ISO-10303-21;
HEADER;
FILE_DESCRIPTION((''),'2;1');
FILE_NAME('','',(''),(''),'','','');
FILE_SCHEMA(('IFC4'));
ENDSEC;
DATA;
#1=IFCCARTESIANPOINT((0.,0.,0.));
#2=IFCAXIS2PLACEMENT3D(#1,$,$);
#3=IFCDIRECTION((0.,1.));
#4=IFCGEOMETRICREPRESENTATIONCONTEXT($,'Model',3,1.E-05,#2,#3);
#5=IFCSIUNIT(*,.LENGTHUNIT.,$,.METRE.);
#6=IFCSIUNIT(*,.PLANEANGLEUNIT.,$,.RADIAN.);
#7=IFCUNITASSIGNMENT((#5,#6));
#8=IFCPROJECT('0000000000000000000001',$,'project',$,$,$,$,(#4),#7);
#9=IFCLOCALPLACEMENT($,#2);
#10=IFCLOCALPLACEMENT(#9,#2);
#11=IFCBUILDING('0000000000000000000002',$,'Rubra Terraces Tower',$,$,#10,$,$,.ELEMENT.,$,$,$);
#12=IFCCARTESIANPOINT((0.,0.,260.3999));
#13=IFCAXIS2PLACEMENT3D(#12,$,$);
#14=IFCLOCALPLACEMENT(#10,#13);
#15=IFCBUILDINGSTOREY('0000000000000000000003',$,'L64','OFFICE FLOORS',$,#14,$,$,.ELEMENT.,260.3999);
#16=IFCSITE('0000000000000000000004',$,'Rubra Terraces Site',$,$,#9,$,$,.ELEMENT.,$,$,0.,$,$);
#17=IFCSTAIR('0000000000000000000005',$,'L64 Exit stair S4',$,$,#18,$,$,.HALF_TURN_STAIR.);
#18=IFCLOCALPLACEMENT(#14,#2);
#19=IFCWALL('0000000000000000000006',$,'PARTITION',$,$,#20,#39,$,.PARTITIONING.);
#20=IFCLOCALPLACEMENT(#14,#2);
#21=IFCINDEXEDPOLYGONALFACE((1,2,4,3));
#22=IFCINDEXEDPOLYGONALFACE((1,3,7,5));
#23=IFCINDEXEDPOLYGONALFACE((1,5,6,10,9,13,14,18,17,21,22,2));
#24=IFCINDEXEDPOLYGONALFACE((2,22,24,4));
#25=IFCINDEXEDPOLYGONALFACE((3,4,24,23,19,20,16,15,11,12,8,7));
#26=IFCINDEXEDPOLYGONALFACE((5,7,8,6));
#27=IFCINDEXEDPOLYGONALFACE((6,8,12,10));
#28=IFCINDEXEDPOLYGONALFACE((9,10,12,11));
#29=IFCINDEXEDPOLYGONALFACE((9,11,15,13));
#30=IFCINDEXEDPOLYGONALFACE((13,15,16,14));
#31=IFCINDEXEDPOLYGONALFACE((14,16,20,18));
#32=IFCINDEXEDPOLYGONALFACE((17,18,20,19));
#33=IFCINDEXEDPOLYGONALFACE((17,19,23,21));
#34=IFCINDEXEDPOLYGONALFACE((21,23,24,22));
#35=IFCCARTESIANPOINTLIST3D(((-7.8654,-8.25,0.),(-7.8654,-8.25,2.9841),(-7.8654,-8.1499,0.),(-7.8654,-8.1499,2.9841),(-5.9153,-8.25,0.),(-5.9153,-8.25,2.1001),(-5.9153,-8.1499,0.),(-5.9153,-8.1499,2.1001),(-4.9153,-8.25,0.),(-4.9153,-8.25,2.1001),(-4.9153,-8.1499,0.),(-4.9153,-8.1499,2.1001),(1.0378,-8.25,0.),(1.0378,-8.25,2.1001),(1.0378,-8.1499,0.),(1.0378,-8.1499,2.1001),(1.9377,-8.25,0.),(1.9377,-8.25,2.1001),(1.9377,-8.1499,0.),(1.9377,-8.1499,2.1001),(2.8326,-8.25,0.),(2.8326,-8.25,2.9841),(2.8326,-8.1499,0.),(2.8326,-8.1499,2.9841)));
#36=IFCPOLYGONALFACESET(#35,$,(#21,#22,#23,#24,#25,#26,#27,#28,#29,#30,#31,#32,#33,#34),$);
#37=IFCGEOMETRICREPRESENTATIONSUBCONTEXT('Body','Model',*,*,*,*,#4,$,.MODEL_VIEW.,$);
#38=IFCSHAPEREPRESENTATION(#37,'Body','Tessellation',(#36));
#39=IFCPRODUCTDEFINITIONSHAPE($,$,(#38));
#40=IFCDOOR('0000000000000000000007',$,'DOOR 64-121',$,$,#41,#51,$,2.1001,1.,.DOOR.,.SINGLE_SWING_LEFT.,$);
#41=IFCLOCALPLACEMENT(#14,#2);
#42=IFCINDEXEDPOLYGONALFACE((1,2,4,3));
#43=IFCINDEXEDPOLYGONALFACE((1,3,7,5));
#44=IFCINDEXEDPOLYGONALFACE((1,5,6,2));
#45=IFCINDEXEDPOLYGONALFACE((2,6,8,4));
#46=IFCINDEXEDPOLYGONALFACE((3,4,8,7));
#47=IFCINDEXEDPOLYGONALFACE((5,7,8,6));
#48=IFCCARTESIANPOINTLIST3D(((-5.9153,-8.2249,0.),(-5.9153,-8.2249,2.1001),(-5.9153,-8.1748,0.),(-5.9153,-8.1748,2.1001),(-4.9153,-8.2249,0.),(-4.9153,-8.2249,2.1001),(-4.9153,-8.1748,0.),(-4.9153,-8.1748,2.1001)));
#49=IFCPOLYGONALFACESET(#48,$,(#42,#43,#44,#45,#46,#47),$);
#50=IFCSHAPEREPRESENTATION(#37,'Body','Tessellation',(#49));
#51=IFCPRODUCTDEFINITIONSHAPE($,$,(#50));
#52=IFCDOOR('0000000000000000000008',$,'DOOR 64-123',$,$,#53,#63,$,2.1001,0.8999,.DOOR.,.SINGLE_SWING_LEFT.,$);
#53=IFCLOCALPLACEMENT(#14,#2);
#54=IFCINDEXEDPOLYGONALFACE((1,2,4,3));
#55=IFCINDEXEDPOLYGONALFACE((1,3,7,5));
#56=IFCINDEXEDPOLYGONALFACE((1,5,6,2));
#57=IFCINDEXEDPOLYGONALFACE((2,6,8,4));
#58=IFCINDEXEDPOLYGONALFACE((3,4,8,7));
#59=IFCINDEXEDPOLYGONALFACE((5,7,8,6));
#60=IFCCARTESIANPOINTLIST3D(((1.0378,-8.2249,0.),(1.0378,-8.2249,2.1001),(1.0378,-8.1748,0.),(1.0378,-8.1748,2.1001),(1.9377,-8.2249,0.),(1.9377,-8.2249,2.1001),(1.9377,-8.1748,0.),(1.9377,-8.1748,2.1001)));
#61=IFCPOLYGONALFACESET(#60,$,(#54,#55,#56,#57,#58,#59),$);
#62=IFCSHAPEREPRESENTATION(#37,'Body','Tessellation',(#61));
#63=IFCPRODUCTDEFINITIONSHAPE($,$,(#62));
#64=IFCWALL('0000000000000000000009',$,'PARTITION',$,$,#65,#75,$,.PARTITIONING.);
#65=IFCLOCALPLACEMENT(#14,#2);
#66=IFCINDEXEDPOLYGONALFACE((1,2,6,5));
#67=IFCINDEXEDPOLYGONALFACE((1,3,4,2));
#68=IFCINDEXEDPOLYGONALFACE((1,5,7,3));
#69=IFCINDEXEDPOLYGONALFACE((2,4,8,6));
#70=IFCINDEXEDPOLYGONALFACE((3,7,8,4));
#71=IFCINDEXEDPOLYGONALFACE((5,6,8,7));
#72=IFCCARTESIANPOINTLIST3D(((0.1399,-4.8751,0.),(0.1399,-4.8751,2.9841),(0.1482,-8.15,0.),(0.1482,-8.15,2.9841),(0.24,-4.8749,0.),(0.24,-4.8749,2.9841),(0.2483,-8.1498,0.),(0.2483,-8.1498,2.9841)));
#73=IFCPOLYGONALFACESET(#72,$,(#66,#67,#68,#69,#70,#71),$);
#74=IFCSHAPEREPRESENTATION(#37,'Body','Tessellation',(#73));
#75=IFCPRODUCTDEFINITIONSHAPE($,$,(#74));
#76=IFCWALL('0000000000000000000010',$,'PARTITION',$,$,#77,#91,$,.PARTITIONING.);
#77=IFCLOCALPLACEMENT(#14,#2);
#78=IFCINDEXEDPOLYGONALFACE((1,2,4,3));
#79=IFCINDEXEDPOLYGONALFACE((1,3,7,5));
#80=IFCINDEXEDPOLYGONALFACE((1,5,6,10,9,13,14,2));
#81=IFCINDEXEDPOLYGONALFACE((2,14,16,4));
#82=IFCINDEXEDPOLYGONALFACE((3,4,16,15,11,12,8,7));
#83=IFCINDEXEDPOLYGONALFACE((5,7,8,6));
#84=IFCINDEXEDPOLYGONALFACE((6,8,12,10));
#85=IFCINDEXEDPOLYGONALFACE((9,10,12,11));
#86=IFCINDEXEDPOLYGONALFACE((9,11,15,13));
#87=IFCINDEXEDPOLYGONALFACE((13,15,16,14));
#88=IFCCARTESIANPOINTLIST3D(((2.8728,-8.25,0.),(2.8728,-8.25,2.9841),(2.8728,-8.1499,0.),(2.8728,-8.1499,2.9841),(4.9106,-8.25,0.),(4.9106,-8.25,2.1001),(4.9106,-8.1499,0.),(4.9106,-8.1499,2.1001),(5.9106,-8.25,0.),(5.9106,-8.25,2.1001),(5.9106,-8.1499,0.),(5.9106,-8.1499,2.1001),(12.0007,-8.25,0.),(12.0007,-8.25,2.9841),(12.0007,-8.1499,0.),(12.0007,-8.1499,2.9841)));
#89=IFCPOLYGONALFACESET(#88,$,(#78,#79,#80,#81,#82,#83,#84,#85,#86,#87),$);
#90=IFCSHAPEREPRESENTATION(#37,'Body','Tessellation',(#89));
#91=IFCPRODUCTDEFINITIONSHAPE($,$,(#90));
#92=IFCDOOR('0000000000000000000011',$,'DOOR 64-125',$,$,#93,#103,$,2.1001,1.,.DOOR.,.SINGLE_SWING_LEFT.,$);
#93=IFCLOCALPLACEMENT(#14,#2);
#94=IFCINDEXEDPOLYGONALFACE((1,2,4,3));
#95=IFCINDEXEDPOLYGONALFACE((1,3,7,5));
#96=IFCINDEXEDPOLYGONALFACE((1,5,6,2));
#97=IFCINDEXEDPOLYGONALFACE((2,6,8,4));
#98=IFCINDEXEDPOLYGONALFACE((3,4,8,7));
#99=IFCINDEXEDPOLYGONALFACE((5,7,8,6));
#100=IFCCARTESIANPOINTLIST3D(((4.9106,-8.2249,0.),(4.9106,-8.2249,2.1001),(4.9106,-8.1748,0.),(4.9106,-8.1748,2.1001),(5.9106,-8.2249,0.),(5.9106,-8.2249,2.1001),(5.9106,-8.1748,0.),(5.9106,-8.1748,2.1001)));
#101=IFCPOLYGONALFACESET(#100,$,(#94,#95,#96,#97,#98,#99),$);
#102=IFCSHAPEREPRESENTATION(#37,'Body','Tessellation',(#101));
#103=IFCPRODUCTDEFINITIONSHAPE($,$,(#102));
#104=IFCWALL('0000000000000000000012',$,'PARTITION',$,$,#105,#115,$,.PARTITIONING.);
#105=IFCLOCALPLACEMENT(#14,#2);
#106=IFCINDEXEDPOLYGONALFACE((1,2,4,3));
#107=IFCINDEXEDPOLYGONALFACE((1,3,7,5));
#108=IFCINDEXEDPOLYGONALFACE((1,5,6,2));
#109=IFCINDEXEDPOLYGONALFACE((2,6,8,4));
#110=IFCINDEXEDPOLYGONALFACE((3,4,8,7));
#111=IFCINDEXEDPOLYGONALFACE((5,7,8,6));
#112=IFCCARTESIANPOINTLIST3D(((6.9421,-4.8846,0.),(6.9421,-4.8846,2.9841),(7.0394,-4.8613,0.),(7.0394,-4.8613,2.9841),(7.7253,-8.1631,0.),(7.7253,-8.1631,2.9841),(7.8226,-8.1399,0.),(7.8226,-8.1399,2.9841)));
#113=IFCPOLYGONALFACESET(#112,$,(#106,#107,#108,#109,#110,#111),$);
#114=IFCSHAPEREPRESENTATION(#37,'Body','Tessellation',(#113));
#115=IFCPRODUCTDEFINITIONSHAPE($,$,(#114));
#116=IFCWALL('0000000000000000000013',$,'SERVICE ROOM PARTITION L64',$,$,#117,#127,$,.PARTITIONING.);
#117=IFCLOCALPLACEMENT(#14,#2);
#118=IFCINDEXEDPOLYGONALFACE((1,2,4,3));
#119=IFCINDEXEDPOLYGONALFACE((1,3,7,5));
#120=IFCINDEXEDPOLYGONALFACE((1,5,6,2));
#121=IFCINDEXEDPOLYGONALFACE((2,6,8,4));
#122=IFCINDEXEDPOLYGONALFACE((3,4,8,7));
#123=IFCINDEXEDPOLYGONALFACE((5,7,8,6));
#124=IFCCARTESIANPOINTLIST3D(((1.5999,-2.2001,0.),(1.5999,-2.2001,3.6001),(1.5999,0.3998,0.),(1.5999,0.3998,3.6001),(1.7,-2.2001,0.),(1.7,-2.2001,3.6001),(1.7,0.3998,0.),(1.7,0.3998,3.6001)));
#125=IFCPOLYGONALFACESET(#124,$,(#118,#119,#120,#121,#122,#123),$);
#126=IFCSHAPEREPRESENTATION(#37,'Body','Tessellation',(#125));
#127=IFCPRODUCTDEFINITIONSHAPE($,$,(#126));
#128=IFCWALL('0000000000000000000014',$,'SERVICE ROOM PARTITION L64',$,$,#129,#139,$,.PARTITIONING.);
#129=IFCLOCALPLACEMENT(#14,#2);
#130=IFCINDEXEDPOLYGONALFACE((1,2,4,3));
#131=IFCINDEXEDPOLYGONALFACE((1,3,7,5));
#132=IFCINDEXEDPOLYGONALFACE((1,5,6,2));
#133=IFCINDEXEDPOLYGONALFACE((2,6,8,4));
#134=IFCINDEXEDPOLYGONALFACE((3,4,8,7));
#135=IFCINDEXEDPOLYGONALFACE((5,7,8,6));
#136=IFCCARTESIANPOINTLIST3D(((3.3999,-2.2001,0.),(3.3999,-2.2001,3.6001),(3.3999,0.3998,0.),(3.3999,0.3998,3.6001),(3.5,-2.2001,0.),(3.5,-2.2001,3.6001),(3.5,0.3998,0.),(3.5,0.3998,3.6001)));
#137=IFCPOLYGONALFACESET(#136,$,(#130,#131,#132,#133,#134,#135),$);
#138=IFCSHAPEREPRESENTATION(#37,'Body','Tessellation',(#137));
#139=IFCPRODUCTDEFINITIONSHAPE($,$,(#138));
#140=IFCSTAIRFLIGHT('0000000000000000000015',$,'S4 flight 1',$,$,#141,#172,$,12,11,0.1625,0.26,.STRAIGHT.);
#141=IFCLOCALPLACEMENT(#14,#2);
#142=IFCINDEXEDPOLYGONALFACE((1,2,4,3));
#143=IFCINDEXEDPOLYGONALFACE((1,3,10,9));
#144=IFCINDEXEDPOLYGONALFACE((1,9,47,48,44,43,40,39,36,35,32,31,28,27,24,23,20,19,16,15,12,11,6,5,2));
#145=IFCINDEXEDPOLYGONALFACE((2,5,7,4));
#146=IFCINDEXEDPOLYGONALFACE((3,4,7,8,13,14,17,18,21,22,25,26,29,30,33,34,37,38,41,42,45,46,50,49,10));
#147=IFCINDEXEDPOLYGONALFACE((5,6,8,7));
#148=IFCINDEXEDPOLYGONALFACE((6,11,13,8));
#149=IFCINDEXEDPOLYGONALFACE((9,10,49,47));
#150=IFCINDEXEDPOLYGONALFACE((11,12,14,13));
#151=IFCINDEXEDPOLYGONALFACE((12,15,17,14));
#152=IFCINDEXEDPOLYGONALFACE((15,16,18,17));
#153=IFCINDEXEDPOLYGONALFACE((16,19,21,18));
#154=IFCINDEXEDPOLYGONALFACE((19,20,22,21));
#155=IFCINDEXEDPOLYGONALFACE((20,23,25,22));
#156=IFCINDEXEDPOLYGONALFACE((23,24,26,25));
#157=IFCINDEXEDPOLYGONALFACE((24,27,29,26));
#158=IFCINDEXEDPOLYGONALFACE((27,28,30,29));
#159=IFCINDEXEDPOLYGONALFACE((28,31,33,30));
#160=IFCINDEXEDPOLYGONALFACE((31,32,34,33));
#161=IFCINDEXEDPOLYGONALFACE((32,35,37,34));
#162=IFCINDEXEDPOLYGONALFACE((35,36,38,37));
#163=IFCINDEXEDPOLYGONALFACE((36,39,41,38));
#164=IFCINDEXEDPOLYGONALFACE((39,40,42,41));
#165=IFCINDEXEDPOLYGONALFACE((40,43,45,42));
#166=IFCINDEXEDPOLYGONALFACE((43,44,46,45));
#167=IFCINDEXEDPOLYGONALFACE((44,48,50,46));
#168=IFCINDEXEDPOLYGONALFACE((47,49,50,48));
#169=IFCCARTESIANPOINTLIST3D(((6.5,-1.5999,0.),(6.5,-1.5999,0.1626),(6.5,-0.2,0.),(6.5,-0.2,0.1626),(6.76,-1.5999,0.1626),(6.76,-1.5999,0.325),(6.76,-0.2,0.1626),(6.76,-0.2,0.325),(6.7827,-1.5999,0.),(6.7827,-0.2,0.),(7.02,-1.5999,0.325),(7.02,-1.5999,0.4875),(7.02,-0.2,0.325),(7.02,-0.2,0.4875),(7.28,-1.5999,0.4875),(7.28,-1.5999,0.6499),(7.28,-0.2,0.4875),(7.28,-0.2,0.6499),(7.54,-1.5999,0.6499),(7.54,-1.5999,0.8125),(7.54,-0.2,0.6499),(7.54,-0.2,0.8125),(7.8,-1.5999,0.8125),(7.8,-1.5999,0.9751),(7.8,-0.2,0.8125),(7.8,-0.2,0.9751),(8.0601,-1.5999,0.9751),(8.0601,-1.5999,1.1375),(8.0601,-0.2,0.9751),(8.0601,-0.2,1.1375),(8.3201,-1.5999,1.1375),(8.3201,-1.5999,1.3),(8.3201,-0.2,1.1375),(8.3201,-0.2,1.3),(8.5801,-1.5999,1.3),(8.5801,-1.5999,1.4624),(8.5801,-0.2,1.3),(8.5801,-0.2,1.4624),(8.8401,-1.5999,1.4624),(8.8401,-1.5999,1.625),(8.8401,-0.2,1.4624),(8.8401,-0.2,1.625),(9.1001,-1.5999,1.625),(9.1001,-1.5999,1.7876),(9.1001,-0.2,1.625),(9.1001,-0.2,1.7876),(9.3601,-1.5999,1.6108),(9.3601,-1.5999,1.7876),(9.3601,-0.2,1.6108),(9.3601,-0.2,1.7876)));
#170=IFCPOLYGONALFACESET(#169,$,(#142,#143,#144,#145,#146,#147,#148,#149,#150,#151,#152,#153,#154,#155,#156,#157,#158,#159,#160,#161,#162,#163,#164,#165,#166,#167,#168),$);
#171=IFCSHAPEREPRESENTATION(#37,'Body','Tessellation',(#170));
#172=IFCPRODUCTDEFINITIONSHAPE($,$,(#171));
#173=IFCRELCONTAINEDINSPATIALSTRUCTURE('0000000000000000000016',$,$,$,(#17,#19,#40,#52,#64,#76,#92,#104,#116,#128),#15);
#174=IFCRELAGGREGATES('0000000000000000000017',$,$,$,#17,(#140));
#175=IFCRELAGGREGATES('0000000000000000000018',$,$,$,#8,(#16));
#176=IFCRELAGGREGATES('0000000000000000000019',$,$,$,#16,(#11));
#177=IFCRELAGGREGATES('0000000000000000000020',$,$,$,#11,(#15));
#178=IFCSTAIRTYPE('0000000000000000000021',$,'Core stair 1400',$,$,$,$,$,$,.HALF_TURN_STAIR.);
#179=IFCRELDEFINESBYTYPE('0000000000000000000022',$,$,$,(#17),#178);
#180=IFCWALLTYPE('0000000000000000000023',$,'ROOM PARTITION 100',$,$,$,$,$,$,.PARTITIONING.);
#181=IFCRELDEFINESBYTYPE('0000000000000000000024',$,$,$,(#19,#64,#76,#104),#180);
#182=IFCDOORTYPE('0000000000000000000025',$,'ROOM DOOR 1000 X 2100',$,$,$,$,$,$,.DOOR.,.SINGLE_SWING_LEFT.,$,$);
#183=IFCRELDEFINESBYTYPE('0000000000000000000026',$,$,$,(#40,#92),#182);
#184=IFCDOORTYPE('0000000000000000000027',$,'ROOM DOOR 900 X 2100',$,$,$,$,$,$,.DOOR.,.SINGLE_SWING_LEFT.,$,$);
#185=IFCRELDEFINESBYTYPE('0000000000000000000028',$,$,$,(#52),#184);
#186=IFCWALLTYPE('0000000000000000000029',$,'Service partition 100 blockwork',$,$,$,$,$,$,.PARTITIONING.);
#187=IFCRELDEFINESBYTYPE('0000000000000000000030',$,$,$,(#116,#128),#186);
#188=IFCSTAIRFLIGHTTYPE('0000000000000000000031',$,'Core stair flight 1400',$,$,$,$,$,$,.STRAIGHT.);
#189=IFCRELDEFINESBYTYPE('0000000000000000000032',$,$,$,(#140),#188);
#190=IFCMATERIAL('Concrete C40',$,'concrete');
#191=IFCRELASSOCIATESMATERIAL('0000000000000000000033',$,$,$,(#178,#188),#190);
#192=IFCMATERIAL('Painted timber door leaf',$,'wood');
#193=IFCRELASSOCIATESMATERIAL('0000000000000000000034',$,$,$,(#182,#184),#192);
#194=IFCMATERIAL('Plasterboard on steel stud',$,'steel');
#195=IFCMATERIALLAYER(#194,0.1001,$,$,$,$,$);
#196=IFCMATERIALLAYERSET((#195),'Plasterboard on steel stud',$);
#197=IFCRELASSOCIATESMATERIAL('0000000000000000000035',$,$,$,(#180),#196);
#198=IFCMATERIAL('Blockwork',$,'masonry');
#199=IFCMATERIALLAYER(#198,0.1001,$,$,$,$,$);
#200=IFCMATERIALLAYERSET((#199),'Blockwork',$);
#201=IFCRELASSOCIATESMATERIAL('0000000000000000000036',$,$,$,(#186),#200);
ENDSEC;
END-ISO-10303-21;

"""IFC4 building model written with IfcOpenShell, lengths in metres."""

from ifc_helpers import new_model, si_unit, direction, frame, frame_2d, origin, place, context, subcontext, project, spatial, polyline, rectangle, outline, extrude, material, layer, layer_set, type_object, element, fill, aggregate, save


model = new_model("IFC4")

# Units and contexts
model_context = context("Model", 3, precision=1e-05, world=origin(), true_north=direction((0.0, 1.0)))
body_context = subcontext(model_context, "Body", "Model", "MODEL_VIEW")
ifc_project = project(units=[si_unit("LENGTHUNIT", "METRE"), si_unit("PLANEANGLEUNIT", "RADIAN")], contexts=[model_context])

# Site, building, storey
site_placement = place(None, origin())
site = spatial("IfcSite", under=ifc_project, at=site_placement, Name="Rubra Terraces Site", CompositionType="ELEMENT", RefElevation=0.0)
building_placement = place(site_placement, origin())
building = spatial("IfcBuilding", under=site, at=building_placement, Name="Rubra Terraces Tower", CompositionType="ELEMENT")
storey_placement = place(building_placement, frame((0.0, 0.0, 260.3999)))
storey = spatial("IfcBuildingStorey", under=building, at=storey_placement, Name="L64", Description="OFFICE FLOORS", CompositionType="ELEMENT", Elevation=260.3999)

# Shared definitions
ifc_material_1 = material(Name="Concrete C40", Category="concrete")

# Stair
stair_type = type_object("IfcStairType", Name="Core stair 1400", PredefinedType="HALF_TURN_STAIR", material=ifc_material_1)
stair_1_placement = place(storey_placement, origin())
stair_1 = element("IfcStair", 1, at=stair_1_placement, inside=storey, type_object=stair_type, Name="L64 Exit stair S4", PredefinedType="HALF_TURN_STAIR")

# Shared definitions
ifc_material_2 = material(Name="Painted timber door leaf", Category="wood")
door_type_1 = type_object("IfcDoorType", Name="ROOM DOOR 1000 X 2100", OperationType="SINGLE_SWING_LEFT", PredefinedType="DOOR", material=ifc_material_2)

# Wall, openings, doors
ifc_material_3 = material(Name="Plasterboard on steel stud", Category="steel")
ifc_layer_1 = layer(ifc_material_3, 0.1001)
ifc_layer_set_1 = layer_set([ifc_layer_1], Name="Plasterboard on steel stud")
wall_type_1 = type_object("IfcWallType", Name="ROOM PARTITION 100", PredefinedType="PARTITIONING", material=ifc_layer_set_1)
wall_1_placement = place(storey_placement, frame((2.8328, -8.2, 0.0), z_axis=(0.0, 0.0, 1.0), x_axis=(-1.0, 0.0, 0.0)))
wall_1 = element("IfcWall", 2, at=wall_1_placement, inside=storey, type_object=wall_type_1, Name="PARTITION", PredefinedType="PARTITIONING", context=body_context, shape_type="SweptSolid", body=[
    extrude(rectangle(XDim=10.698, YDim=0.1001, at=frame_2d((5.3491, 0.0))), origin(), (0.0, 0.0, 1.0), 2.9841),
])
opening_1_placement = place(wall_1_placement, frame((7.748, 0.0, 0.0)))
opening_1 = element("IfcOpeningElement", 3, at=opening_1_placement, cuts=wall_1, PredefinedType="OPENING", context=body_context, shape_type="SweptSolid", body=[
    extrude(rectangle(XDim=1.0, YDim=2.1001, at=frame_2d((0.5, 1.05))), frame((0.0, 0.0601, 0.0), z_axis=(0.0, -1.0, 0.0), x_axis=(1.0, 0.0, 0.0)), (0.0, 0.0, 1.0), 0.1201),
])
opening_2_placement = place(wall_1_placement, frame((0.895, 0.0, 0.0)))
opening_2 = element("IfcOpeningElement", 4, at=opening_2_placement, cuts=wall_1, PredefinedType="OPENING", context=body_context, shape_type="SweptSolid", body=[
    extrude(rectangle(XDim=0.8999, YDim=2.1001, at=frame_2d((0.45, 1.05))), frame((0.0, 0.0601, 0.0), z_axis=(0.0, -1.0, 0.0), x_axis=(1.0, 0.0, 0.0)), (0.0, 0.0, 1.0), 0.1201),
])
door_1_placement = place(opening_1_placement, origin())
door_1 = element("IfcDoor", 5, at=door_1_placement, inside=storey, type_object=door_type_1, Name="DOOR 64-121", OperationType="SINGLE_SWING_LEFT", OverallHeight=2.1001, OverallWidth=1.0, PredefinedType="DOOR", context=body_context, shape_type="SweptSolid", body=[
    extrude(rectangle(XDim=1.0, YDim=2.1001, at=frame_2d((0.5, 1.05))), frame((0.0, 0.0249, 0.0), z_axis=(0.0, -1.0, 0.0), x_axis=(1.0, 0.0, 0.0)), (0.0, 0.0, 1.0), 0.05),
])
fill(opening_1, door_1)
door_type_2 = type_object("IfcDoorType", Name="ROOM DOOR 900 X 2100", OperationType="SINGLE_SWING_LEFT", PredefinedType="DOOR", material=ifc_material_2)
door_2_placement = place(opening_2_placement, origin())
door_2 = element("IfcDoor", 6, at=door_2_placement, inside=storey, type_object=door_type_2, Name="DOOR 64-123", OperationType="SINGLE_SWING_LEFT", OverallHeight=2.1001, OverallWidth=0.8999, PredefinedType="DOOR", context=body_context, shape_type="SweptSolid", body=[
    extrude(rectangle(XDim=0.8999, YDim=2.1001, at=frame_2d((0.45, 1.05))), frame((0.0, 0.0249, 0.0), z_axis=(0.0, -1.0, 0.0), x_axis=(1.0, 0.0, 0.0)), (0.0, 0.0, 1.0), 0.05),
])
fill(opening_2, door_2)

# Wall
wall_2_placement = place(storey_placement, frame((0.1899, -4.875, 0.0), z_axis=(0.0, 0.0, 1.0), x_axis=(0.002535, -0.999997, 0.0)))
element("IfcWall", 7, at=wall_2_placement, inside=storey, type_object=wall_type_1, Name="PARTITION", PredefinedType="PARTITIONING", context=body_context, shape_type="SweptSolid", body=[
    extrude(rectangle(XDim=3.2749, YDim=0.1001, at=frame_2d((1.6375, 0.0))), origin(), (0.0, 0.0, 1.0), 2.9841),
])

# Wall, opening, door
wall_3_placement = place(storey_placement, frame((12.0007, -8.2, 0.0), z_axis=(0.0, 0.0, 1.0), x_axis=(-1.0, 0.0, 0.0)))
wall_3 = element("IfcWall", 8, at=wall_3_placement, inside=storey, type_object=wall_type_1, Name="PARTITION", PredefinedType="PARTITIONING", context=body_context, shape_type="SweptSolid", body=[
    extrude(rectangle(XDim=9.1279, YDim=0.1001, at=frame_2d((4.564, 0.0))), origin(), (0.0, 0.0, 1.0), 2.9841),
])
opening_3_placement = place(wall_3_placement, frame((6.0901, 0.0, 0.0)))
opening_3 = element("IfcOpeningElement", 9, at=opening_3_placement, cuts=wall_3, PredefinedType="OPENING", context=body_context, shape_type="SweptSolid", body=[
    extrude(rectangle(XDim=1.0, YDim=2.1001, at=frame_2d((0.5, 1.05))), frame((0.0, 0.0601, 0.0), z_axis=(0.0, -1.0, 0.0), x_axis=(1.0, 0.0, 0.0)), (0.0, 0.0, 1.0), 0.1201),
])
door_3_placement = place(opening_3_placement, origin())
door_3 = element("IfcDoor", 10, at=door_3_placement, inside=storey, type_object=door_type_1, Name="DOOR 64-125", OperationType="SINGLE_SWING_LEFT", OverallHeight=2.1001, OverallWidth=1.0, PredefinedType="DOOR", context=body_context, shape_type="SweptSolid", body=[
    extrude(rectangle(XDim=1.0, YDim=2.1001, at=frame_2d((0.5, 1.05))), frame((0.0, 0.0249, 0.0), z_axis=(0.0, -1.0, 0.0), x_axis=(1.0, 0.0, 0.0)), (0.0, 0.0, 1.0), 0.05),
])
fill(opening_3, door_3)

# Walls
wall_4_placement = place(storey_placement, frame((6.9907, -4.8728, 0.0), z_axis=(0.0, 0.0, 1.0), x_axis=(0.232348, -0.972633, 0.0)))
element("IfcWall", 11, at=wall_4_placement, inside=storey, type_object=wall_type_1, Name="PARTITION", PredefinedType="PARTITIONING", context=body_context, shape_type="SweptSolid", body=[
    extrude(rectangle(XDim=3.3708, YDim=0.1001, at=frame_2d((1.6855, 0.0))), origin(), (0.0, 0.0, 1.0), 2.9841),
])
ifc_material_4 = material(Name="Blockwork", Category="masonry")
ifc_layer_2 = layer(ifc_material_4, 0.1001)
ifc_layer_set_2 = layer_set([ifc_layer_2], Name="Blockwork")
wall_type_2 = type_object("IfcWallType", Name="Service partition 100 blockwork", PredefinedType="PARTITIONING", material=ifc_layer_set_2)
for number, where, z_axis, x_axis, name in (
    (12, (1.6499, -2.2, 0.0), (0.0, 0.0, 1.0), (0.0, 1.0, 0.0), "SERVICE ROOM PARTITION L64"),
    (13, (3.45, -2.2, 0.0), (0.0, 0.0, 1.0), (0.0, 1.0, 0.0), "SERVICE ROOM PARTITION L64"),
):
    element("IfcWall", number, at=place(storey_placement, frame(where, z_axis=z_axis, x_axis=x_axis)), inside=storey, type_object=wall_type_2, Name=name, PredefinedType="PARTITIONING", context=body_context, shape_type="SweptSolid", body=[
        extrude(rectangle(XDim=2.5999, YDim=0.1001, at=frame_2d((1.2998, 0.0))), origin(), (0.0, 0.0, 1.0), 3.6001),
    ])

# Stair flight
stair_flight_type = type_object("IfcStairFlightType", Name="Core stair flight 1400", PredefinedType="STRAIGHT", material=ifc_material_1)
stair_flight_placement = place(storey_placement, frame((6.5, -0.8999, 0.0), z_axis=(0.0, 0.0, 1.0), x_axis=(1.0, 0.0, 0.0)))
stair_flight = element("IfcStairFlight", 14, at=stair_flight_placement, type_object=stair_flight_type, Name="S4 flight 1", NumberOfRisers=12, NumberOfTreads=11, PredefinedType="STRAIGHT", RiserHeight=0.1625, TreadLength=0.26, context=body_context, shape_type="SweptSolid", body=[
    extrude(outline(polyline([(0.0, 0.0), (0.0, 0.1626), (0.26, 0.1626), (0.26, 0.325), (0.52, 0.325), (0.52, 0.4875), (0.78, 0.4875), (0.78, 0.6499), (1.04, 0.6499), (1.04, 0.8125), (1.3, 0.8125), (1.3, 0.9751), (1.5601, 0.9751), (1.5601, 1.1375), (1.8201, 1.1375), (1.8201, 1.3), (2.0801, 1.3), (2.0801, 1.4624), (2.3401, 1.4624), (2.3401, 1.625), (2.6001, 1.625), (2.6001, 1.7876), (2.8601, 1.7876), (2.8601, 1.95), (2.8601, 1.6108), (0.2827, 0.0), (0.0, 0.0)])), frame((0.0, 0.7, 0.0), z_axis=(0.0, -1.0, 0.0), x_axis=(1.0, 0.0, 0.0)), (0.0, 0.0, 1.0), 1.3999),
])
aggregate(stair_1, [stair_flight])

save(model, "model.ifc")
